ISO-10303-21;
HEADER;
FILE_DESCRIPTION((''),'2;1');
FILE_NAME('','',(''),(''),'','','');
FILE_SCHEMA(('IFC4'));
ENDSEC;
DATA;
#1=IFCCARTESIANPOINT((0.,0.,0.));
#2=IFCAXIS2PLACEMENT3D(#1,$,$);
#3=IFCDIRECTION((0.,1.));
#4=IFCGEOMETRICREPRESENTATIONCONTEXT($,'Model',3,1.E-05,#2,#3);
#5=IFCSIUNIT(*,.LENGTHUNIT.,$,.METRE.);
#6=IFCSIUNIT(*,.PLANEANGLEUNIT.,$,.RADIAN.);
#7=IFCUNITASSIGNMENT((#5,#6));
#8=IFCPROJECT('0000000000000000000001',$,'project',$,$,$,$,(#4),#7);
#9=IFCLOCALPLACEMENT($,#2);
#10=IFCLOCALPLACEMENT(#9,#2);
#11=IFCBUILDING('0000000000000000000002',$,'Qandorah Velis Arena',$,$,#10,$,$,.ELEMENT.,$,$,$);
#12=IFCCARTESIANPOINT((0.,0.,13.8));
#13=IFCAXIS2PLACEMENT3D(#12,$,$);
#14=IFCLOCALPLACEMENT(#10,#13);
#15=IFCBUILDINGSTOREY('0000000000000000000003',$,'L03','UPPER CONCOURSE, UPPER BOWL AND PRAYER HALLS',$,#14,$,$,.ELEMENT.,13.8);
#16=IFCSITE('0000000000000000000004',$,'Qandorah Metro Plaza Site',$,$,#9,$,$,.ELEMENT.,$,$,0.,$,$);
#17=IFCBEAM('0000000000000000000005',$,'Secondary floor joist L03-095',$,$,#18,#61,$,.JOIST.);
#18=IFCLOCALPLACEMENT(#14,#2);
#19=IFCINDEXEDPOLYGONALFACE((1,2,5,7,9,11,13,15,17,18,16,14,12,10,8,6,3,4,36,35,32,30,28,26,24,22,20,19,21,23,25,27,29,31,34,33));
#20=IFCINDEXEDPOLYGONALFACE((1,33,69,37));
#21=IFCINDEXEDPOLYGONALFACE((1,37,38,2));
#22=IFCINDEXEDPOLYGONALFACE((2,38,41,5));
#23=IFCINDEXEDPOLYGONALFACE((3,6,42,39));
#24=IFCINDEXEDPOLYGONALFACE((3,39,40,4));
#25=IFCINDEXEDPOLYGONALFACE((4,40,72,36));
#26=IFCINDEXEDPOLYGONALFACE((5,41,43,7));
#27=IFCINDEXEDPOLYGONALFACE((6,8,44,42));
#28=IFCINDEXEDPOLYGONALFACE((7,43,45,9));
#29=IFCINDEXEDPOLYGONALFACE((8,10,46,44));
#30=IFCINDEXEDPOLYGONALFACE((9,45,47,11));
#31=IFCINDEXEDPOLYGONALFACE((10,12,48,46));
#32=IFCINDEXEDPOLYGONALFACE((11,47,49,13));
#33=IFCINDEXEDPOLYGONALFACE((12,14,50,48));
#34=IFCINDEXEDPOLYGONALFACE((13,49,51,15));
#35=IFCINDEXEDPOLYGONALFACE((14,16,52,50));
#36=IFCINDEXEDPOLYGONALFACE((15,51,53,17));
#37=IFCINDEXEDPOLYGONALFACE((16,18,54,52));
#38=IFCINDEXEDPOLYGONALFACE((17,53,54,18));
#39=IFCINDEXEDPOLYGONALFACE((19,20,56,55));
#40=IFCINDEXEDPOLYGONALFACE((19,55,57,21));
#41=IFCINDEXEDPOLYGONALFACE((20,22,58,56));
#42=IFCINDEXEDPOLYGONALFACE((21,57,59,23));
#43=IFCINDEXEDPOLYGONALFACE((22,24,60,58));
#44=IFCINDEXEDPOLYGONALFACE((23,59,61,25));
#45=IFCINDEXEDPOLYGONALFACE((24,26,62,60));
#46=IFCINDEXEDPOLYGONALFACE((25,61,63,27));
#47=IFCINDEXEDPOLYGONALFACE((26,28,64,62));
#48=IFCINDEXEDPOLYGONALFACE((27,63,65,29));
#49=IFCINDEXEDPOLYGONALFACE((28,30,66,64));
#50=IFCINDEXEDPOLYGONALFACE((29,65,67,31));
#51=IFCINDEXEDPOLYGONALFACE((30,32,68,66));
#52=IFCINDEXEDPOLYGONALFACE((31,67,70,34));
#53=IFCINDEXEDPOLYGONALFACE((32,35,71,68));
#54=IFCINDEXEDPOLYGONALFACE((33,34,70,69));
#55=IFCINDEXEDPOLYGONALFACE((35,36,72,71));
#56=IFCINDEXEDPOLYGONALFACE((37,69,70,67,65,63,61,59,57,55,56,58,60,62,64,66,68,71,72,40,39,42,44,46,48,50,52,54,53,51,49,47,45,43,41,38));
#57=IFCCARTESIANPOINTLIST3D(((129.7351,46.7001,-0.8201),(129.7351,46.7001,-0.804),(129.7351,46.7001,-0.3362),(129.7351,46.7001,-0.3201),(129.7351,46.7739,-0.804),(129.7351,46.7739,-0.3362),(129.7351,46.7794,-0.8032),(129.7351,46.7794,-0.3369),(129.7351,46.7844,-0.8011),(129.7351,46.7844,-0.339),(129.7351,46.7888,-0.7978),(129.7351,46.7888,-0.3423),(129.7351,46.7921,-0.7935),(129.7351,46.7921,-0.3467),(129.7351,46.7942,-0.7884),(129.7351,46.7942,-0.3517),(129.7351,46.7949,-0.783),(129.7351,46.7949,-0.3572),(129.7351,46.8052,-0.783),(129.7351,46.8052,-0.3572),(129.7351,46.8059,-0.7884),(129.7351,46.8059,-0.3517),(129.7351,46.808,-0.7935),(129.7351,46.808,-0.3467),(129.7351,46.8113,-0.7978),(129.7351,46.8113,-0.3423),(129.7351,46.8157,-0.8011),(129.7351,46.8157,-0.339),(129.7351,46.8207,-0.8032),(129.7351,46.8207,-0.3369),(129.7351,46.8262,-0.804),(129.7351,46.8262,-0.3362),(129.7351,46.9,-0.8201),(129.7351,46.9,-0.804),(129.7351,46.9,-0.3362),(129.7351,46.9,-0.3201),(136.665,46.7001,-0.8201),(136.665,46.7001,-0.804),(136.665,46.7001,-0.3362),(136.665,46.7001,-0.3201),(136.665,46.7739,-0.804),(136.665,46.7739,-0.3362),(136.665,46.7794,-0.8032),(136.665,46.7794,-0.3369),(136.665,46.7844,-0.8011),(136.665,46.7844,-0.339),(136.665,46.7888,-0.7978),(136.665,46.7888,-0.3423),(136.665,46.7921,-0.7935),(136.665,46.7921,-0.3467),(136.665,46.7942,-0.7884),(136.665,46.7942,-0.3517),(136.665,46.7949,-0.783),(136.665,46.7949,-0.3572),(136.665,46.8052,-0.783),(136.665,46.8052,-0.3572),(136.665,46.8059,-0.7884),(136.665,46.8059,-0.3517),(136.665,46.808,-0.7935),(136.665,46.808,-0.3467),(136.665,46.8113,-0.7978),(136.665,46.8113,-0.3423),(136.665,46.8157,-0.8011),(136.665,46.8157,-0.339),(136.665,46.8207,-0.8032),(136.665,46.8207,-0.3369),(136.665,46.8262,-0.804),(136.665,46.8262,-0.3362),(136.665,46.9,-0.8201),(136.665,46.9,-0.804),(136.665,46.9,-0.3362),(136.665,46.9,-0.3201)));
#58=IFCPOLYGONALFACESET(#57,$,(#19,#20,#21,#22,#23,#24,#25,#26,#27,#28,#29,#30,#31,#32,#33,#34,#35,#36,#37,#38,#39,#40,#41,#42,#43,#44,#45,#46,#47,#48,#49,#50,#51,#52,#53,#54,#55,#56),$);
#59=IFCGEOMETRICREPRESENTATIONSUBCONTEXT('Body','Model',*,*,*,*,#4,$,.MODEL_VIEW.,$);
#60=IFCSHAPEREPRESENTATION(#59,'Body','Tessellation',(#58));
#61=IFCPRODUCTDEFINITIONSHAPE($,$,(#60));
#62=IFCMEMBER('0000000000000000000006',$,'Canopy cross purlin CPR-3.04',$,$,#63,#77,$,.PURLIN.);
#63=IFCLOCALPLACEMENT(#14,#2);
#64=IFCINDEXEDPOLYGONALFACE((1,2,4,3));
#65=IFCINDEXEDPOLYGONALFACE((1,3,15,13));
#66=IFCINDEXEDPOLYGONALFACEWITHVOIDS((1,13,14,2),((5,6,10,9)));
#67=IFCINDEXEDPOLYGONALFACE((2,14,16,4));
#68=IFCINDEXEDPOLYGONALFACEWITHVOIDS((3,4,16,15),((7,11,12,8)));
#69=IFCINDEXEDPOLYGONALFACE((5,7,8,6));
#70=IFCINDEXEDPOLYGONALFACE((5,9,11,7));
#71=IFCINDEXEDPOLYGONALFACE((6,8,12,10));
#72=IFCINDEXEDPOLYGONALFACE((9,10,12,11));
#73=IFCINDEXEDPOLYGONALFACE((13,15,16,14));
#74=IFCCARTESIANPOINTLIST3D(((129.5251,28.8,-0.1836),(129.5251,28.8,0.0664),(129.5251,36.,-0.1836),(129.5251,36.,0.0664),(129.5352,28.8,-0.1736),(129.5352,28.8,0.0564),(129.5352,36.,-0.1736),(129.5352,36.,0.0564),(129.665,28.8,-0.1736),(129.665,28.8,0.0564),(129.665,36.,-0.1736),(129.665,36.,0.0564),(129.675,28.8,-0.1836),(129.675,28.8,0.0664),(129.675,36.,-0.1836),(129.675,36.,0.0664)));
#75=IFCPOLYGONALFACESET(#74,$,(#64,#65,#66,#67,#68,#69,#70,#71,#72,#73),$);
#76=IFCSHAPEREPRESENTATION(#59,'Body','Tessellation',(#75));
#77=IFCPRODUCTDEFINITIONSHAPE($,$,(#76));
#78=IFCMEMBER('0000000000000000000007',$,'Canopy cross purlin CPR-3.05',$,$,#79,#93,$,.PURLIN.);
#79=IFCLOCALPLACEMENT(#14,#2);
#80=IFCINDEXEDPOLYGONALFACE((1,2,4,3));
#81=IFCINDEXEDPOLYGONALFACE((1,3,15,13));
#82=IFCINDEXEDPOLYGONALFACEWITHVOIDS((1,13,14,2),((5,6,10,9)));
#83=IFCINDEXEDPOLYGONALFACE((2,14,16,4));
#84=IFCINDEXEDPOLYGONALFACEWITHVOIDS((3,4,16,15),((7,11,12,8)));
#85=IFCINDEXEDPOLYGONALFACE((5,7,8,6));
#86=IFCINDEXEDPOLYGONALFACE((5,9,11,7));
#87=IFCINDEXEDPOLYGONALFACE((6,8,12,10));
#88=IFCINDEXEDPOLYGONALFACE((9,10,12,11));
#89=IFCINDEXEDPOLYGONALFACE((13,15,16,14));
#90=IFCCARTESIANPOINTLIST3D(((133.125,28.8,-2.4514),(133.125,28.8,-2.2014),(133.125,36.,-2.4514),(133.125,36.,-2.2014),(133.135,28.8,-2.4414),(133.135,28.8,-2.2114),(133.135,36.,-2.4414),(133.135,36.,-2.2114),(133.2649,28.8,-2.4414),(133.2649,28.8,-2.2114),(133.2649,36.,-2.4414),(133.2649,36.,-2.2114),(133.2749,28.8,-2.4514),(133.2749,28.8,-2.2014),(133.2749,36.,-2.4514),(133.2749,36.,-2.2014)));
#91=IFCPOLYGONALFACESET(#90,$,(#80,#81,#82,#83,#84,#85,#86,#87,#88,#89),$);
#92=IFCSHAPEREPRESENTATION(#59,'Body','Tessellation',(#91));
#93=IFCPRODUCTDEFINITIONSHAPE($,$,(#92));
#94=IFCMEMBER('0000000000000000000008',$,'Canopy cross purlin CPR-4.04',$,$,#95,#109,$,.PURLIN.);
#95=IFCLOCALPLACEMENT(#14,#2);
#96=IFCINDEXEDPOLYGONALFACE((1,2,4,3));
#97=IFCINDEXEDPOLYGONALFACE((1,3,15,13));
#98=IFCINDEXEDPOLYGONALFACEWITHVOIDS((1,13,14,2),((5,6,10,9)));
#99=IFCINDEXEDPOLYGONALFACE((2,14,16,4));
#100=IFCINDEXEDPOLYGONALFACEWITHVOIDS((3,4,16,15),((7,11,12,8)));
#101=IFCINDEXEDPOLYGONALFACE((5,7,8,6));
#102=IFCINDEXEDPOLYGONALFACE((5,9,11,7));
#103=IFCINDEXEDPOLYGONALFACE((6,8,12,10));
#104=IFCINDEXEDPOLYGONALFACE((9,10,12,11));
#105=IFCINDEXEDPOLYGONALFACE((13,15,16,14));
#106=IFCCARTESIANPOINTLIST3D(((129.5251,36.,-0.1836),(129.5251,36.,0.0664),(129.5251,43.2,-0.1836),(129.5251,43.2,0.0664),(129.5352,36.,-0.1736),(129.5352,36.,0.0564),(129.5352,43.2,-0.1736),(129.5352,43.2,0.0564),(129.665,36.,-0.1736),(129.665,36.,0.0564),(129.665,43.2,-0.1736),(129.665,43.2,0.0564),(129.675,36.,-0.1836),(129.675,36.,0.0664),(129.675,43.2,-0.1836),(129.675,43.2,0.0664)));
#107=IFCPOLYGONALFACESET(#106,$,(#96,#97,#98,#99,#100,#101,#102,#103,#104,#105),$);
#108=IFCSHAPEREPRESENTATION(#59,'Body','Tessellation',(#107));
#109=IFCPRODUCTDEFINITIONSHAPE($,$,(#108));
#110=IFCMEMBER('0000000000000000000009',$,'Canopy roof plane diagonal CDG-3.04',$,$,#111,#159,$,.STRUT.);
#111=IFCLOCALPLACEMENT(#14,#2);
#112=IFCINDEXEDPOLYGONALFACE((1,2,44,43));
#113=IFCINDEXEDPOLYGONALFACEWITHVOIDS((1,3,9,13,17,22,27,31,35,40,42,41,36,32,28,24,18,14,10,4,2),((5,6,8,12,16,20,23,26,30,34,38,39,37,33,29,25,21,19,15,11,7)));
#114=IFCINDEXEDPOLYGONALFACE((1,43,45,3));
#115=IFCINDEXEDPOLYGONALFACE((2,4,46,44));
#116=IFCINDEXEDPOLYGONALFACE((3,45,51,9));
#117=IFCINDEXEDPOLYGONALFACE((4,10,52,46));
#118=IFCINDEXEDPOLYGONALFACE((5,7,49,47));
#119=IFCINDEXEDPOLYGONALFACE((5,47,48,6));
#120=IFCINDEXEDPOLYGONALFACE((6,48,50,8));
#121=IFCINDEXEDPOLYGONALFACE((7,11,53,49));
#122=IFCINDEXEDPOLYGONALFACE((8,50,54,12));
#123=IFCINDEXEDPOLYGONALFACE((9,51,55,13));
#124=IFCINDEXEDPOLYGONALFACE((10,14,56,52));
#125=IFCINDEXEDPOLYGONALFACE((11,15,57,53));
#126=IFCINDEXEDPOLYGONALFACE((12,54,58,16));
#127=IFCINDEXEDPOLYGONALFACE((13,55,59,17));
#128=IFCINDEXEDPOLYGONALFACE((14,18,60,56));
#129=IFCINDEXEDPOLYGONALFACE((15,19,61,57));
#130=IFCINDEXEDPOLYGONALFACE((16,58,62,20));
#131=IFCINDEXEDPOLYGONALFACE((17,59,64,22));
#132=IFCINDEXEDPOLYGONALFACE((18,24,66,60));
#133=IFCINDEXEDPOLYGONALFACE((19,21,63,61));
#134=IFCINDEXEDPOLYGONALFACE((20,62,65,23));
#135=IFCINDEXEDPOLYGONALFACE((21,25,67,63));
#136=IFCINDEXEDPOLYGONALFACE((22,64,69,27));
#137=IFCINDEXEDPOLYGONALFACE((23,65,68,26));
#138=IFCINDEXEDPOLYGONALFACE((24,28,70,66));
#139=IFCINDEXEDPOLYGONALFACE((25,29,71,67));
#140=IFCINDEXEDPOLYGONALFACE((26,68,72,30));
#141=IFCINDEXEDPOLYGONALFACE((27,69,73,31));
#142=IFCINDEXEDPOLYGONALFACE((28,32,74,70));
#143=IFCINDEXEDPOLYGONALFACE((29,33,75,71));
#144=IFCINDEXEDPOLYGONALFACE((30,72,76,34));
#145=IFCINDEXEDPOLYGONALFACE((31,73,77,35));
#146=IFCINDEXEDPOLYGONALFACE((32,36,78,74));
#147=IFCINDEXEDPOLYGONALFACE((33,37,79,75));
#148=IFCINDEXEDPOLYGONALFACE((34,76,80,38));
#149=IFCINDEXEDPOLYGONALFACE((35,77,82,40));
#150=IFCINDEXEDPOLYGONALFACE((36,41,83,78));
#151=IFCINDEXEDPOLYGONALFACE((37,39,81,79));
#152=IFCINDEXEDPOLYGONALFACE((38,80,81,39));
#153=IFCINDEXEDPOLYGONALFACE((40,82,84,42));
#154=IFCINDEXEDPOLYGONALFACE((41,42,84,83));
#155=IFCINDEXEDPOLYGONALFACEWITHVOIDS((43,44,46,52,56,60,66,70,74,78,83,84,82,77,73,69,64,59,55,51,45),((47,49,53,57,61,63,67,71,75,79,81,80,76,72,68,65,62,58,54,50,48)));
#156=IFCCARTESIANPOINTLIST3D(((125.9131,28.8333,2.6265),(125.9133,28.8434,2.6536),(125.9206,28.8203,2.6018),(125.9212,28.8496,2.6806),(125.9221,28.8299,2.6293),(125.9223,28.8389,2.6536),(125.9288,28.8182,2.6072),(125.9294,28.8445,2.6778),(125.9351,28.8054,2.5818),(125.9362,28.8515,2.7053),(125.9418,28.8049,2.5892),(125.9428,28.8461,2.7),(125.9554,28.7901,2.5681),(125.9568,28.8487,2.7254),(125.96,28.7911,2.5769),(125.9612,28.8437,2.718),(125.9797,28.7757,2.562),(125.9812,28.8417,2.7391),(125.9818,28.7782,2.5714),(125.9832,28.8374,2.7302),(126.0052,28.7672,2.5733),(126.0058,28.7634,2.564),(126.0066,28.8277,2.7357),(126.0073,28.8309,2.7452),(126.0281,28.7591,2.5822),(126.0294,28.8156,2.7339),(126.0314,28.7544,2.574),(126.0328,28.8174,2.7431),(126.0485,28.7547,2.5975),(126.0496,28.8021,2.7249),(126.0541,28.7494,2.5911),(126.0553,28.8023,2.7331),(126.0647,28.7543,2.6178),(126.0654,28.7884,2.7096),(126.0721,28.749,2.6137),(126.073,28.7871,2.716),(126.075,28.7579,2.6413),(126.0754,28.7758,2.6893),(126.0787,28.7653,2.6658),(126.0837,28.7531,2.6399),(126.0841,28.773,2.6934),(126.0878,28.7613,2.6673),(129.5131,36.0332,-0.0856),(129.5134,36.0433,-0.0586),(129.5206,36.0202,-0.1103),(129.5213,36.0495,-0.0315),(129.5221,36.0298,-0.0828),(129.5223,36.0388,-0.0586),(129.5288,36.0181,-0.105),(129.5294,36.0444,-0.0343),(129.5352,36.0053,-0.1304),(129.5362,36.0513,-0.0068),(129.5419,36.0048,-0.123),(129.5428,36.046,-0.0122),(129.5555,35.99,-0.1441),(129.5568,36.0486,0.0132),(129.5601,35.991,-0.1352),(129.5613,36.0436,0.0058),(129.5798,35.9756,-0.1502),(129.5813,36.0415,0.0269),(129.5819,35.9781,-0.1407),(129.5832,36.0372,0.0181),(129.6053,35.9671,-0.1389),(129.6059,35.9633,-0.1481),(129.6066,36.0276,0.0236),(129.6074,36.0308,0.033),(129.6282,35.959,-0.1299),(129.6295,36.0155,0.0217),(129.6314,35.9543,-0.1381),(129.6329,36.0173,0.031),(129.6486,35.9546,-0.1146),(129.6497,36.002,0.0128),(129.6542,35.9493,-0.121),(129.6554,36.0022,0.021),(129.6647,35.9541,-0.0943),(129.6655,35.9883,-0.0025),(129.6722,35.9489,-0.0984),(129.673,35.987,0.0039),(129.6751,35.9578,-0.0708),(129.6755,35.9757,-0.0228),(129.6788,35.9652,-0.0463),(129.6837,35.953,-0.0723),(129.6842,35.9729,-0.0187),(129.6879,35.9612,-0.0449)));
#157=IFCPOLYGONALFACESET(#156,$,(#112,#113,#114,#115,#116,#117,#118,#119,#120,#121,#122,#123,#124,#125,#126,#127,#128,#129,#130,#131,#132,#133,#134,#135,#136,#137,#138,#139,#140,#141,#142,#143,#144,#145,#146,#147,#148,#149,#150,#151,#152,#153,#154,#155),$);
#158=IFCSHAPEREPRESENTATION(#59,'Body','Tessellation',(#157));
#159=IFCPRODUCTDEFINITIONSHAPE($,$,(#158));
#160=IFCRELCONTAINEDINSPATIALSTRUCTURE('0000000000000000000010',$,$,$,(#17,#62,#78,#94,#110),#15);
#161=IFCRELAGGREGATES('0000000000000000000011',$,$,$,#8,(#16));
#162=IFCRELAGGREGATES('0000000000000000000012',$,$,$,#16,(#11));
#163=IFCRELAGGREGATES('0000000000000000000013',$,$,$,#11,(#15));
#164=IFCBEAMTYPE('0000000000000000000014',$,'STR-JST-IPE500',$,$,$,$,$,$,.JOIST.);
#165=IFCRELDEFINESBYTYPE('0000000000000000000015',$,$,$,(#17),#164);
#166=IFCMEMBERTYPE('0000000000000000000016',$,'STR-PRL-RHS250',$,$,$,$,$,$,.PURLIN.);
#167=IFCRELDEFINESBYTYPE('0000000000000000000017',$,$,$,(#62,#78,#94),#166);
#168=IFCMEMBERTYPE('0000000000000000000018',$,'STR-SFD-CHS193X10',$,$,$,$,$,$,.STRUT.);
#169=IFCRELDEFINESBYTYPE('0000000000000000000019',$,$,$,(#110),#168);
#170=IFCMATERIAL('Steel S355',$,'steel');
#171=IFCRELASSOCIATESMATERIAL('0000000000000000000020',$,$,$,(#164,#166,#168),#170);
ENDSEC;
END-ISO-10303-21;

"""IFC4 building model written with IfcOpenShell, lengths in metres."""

from ifc_helpers import new_model, si_unit, direction, frame, origin, origin_2d, place, context, subcontext, project, spatial, hollow_rectangle, hollow_circle, i_section, extrude, material, material_profile, profile_set, type_object, element, save


model = new_model("IFC4")

# Units and contexts
model_context = context("Model", 3, precision=1e-05, world=origin(), true_north=direction((0.0, 1.0)))
body_context = subcontext(model_context, "Body", "Model", "MODEL_VIEW")
ifc_project = project(units=[si_unit("LENGTHUNIT", "METRE"), si_unit("PLANEANGLEUNIT", "RADIAN")], contexts=[model_context])

# Site, building, storey
site_placement = place(None, origin())
site = spatial("IfcSite", under=ifc_project, at=site_placement, Name="Qandorah Metro Plaza Site", CompositionType="ELEMENT", RefElevation=0.0)
building_placement = place(site_placement, origin())
building = spatial("IfcBuilding", under=site, at=building_placement, Name="Qandorah Velis Arena", CompositionType="ELEMENT")
storey_placement = place(building_placement, frame((0.0, 0.0, 13.8)))
storey = spatial("IfcBuildingStorey", under=building, at=storey_placement, Name="L03", Description="UPPER CONCOURSE, UPPER BOWL AND PRAYER HALLS", CompositionType="ELEMENT", Elevation=13.8)

# Beam
ifc_material_1 = material(Name="Steel S355", Category="steel")
ifc_material_profile_1 = material_profile(ifc_material_1, i_section(OverallWidth=0.2, OverallDepth=0.5, WebThickness=0.0103, FlangeThickness=0.0161, FilletRadius=0.021, at=origin_2d()), Name="IPE 500")
ifc_profile_set_1 = profile_set([ifc_material_profile_1], Name="Steel S355")
beam_type_1 = type_object("IfcBeamType", Name="STR-JST-IPE500", PredefinedType="JOIST", material=ifc_profile_set_1)
beam_1_placement = place(storey_placement, frame((129.7351, 46.8, -0.5701), z_axis=(1.0, 0.0, 0.0), x_axis=(0.0, 1.0, 0.0)))
element("IfcBeam", 1, at=beam_1_placement, inside=storey, type_object=beam_type_1, Name="Secondary floor joist L03-095", PredefinedType="JOIST", context=body_context, shape_type="SweptSolid", body=[
    extrude(i_section(OverallWidth=0.2, OverallDepth=0.5, WebThickness=0.0103, FlangeThickness=0.0161, FilletRadius=0.021, at=origin_2d()), origin(), (0.0, 0.0, 1.0), 6.9299),
])

# Members
ifc_material_profile_2 = material_profile(ifc_material_1, hollow_rectangle(XDim=0.1499, YDim=0.25, WallThickness=0.01, at=origin_2d()), Name="RHS 250x150x10")
ifc_profile_set_2 = profile_set([ifc_material_profile_2], Name="Steel S355")
member_type_1 = type_object("IfcMemberType", Name="STR-PRL-RHS250", PredefinedType="PURLIN", material=ifc_profile_set_2)
for number, where, z_axis, x_axis, name in (
    (2, (129.6001, 28.8, -0.0586), (0.0, 1.0, 0.0), (-1.0, 0.0, 0.0), "Canopy cross purlin CPR-3.04"),
    (3, (133.2, 28.8, -2.3264), (0.0, 1.0, 0.0), (-1.0, 0.0, 0.0), "Canopy cross purlin CPR-3.05"),
    (4, (129.6001, 36.0, -0.0586), (0.0, 1.0, 0.0), (-1.0, 0.0, 0.0), "Canopy cross purlin CPR-4.04"),
):
    element("IfcMember", number, at=place(storey_placement, frame(where, z_axis=z_axis, x_axis=x_axis)), inside=storey, type_object=member_type_1, Name=name, PredefinedType="PURLIN", context=body_context, shape_type="SweptSolid", body=[
        extrude(hollow_rectangle(XDim=0.1499, YDim=0.25, WallThickness=0.01, at=origin_2d()), origin(), (0.0, 0.0, 1.0), 7.2),
    ])
ifc_material_profile_3 = material_profile(ifc_material_1, hollow_circle(Radius=0.0969, WallThickness=0.01, at=origin_2d()), Name="CHS 193.7x10")
ifc_profile_set_3 = profile_set([ifc_material_profile_3], Name="Steel S355")
member_type_2 = type_object("IfcMemberType", Name="STR-SFD-CHS193X10", PredefinedType="STRUT", material=ifc_profile_set_3)
member_1_placement = place(storey_placement, frame((126.0, 28.8, 2.6536), z_axis=(0.423817, 0.847606, -0.319286), x_axis=(-0.894421, 0.447226, 0.0)))
element("IfcMember", 5, at=member_1_placement, inside=storey, type_object=member_type_2, Name="Canopy roof plane diagonal CDG-3.04", PredefinedType="STRUT", context=body_context, shape_type="SweptSolid", body=[
    extrude(hollow_circle(Radius=0.0969, WallThickness=0.01, at=origin_2d()), origin(), (0.0, 0.0, 1.0), 8.4944),
])

save(model, "model.ifc")
